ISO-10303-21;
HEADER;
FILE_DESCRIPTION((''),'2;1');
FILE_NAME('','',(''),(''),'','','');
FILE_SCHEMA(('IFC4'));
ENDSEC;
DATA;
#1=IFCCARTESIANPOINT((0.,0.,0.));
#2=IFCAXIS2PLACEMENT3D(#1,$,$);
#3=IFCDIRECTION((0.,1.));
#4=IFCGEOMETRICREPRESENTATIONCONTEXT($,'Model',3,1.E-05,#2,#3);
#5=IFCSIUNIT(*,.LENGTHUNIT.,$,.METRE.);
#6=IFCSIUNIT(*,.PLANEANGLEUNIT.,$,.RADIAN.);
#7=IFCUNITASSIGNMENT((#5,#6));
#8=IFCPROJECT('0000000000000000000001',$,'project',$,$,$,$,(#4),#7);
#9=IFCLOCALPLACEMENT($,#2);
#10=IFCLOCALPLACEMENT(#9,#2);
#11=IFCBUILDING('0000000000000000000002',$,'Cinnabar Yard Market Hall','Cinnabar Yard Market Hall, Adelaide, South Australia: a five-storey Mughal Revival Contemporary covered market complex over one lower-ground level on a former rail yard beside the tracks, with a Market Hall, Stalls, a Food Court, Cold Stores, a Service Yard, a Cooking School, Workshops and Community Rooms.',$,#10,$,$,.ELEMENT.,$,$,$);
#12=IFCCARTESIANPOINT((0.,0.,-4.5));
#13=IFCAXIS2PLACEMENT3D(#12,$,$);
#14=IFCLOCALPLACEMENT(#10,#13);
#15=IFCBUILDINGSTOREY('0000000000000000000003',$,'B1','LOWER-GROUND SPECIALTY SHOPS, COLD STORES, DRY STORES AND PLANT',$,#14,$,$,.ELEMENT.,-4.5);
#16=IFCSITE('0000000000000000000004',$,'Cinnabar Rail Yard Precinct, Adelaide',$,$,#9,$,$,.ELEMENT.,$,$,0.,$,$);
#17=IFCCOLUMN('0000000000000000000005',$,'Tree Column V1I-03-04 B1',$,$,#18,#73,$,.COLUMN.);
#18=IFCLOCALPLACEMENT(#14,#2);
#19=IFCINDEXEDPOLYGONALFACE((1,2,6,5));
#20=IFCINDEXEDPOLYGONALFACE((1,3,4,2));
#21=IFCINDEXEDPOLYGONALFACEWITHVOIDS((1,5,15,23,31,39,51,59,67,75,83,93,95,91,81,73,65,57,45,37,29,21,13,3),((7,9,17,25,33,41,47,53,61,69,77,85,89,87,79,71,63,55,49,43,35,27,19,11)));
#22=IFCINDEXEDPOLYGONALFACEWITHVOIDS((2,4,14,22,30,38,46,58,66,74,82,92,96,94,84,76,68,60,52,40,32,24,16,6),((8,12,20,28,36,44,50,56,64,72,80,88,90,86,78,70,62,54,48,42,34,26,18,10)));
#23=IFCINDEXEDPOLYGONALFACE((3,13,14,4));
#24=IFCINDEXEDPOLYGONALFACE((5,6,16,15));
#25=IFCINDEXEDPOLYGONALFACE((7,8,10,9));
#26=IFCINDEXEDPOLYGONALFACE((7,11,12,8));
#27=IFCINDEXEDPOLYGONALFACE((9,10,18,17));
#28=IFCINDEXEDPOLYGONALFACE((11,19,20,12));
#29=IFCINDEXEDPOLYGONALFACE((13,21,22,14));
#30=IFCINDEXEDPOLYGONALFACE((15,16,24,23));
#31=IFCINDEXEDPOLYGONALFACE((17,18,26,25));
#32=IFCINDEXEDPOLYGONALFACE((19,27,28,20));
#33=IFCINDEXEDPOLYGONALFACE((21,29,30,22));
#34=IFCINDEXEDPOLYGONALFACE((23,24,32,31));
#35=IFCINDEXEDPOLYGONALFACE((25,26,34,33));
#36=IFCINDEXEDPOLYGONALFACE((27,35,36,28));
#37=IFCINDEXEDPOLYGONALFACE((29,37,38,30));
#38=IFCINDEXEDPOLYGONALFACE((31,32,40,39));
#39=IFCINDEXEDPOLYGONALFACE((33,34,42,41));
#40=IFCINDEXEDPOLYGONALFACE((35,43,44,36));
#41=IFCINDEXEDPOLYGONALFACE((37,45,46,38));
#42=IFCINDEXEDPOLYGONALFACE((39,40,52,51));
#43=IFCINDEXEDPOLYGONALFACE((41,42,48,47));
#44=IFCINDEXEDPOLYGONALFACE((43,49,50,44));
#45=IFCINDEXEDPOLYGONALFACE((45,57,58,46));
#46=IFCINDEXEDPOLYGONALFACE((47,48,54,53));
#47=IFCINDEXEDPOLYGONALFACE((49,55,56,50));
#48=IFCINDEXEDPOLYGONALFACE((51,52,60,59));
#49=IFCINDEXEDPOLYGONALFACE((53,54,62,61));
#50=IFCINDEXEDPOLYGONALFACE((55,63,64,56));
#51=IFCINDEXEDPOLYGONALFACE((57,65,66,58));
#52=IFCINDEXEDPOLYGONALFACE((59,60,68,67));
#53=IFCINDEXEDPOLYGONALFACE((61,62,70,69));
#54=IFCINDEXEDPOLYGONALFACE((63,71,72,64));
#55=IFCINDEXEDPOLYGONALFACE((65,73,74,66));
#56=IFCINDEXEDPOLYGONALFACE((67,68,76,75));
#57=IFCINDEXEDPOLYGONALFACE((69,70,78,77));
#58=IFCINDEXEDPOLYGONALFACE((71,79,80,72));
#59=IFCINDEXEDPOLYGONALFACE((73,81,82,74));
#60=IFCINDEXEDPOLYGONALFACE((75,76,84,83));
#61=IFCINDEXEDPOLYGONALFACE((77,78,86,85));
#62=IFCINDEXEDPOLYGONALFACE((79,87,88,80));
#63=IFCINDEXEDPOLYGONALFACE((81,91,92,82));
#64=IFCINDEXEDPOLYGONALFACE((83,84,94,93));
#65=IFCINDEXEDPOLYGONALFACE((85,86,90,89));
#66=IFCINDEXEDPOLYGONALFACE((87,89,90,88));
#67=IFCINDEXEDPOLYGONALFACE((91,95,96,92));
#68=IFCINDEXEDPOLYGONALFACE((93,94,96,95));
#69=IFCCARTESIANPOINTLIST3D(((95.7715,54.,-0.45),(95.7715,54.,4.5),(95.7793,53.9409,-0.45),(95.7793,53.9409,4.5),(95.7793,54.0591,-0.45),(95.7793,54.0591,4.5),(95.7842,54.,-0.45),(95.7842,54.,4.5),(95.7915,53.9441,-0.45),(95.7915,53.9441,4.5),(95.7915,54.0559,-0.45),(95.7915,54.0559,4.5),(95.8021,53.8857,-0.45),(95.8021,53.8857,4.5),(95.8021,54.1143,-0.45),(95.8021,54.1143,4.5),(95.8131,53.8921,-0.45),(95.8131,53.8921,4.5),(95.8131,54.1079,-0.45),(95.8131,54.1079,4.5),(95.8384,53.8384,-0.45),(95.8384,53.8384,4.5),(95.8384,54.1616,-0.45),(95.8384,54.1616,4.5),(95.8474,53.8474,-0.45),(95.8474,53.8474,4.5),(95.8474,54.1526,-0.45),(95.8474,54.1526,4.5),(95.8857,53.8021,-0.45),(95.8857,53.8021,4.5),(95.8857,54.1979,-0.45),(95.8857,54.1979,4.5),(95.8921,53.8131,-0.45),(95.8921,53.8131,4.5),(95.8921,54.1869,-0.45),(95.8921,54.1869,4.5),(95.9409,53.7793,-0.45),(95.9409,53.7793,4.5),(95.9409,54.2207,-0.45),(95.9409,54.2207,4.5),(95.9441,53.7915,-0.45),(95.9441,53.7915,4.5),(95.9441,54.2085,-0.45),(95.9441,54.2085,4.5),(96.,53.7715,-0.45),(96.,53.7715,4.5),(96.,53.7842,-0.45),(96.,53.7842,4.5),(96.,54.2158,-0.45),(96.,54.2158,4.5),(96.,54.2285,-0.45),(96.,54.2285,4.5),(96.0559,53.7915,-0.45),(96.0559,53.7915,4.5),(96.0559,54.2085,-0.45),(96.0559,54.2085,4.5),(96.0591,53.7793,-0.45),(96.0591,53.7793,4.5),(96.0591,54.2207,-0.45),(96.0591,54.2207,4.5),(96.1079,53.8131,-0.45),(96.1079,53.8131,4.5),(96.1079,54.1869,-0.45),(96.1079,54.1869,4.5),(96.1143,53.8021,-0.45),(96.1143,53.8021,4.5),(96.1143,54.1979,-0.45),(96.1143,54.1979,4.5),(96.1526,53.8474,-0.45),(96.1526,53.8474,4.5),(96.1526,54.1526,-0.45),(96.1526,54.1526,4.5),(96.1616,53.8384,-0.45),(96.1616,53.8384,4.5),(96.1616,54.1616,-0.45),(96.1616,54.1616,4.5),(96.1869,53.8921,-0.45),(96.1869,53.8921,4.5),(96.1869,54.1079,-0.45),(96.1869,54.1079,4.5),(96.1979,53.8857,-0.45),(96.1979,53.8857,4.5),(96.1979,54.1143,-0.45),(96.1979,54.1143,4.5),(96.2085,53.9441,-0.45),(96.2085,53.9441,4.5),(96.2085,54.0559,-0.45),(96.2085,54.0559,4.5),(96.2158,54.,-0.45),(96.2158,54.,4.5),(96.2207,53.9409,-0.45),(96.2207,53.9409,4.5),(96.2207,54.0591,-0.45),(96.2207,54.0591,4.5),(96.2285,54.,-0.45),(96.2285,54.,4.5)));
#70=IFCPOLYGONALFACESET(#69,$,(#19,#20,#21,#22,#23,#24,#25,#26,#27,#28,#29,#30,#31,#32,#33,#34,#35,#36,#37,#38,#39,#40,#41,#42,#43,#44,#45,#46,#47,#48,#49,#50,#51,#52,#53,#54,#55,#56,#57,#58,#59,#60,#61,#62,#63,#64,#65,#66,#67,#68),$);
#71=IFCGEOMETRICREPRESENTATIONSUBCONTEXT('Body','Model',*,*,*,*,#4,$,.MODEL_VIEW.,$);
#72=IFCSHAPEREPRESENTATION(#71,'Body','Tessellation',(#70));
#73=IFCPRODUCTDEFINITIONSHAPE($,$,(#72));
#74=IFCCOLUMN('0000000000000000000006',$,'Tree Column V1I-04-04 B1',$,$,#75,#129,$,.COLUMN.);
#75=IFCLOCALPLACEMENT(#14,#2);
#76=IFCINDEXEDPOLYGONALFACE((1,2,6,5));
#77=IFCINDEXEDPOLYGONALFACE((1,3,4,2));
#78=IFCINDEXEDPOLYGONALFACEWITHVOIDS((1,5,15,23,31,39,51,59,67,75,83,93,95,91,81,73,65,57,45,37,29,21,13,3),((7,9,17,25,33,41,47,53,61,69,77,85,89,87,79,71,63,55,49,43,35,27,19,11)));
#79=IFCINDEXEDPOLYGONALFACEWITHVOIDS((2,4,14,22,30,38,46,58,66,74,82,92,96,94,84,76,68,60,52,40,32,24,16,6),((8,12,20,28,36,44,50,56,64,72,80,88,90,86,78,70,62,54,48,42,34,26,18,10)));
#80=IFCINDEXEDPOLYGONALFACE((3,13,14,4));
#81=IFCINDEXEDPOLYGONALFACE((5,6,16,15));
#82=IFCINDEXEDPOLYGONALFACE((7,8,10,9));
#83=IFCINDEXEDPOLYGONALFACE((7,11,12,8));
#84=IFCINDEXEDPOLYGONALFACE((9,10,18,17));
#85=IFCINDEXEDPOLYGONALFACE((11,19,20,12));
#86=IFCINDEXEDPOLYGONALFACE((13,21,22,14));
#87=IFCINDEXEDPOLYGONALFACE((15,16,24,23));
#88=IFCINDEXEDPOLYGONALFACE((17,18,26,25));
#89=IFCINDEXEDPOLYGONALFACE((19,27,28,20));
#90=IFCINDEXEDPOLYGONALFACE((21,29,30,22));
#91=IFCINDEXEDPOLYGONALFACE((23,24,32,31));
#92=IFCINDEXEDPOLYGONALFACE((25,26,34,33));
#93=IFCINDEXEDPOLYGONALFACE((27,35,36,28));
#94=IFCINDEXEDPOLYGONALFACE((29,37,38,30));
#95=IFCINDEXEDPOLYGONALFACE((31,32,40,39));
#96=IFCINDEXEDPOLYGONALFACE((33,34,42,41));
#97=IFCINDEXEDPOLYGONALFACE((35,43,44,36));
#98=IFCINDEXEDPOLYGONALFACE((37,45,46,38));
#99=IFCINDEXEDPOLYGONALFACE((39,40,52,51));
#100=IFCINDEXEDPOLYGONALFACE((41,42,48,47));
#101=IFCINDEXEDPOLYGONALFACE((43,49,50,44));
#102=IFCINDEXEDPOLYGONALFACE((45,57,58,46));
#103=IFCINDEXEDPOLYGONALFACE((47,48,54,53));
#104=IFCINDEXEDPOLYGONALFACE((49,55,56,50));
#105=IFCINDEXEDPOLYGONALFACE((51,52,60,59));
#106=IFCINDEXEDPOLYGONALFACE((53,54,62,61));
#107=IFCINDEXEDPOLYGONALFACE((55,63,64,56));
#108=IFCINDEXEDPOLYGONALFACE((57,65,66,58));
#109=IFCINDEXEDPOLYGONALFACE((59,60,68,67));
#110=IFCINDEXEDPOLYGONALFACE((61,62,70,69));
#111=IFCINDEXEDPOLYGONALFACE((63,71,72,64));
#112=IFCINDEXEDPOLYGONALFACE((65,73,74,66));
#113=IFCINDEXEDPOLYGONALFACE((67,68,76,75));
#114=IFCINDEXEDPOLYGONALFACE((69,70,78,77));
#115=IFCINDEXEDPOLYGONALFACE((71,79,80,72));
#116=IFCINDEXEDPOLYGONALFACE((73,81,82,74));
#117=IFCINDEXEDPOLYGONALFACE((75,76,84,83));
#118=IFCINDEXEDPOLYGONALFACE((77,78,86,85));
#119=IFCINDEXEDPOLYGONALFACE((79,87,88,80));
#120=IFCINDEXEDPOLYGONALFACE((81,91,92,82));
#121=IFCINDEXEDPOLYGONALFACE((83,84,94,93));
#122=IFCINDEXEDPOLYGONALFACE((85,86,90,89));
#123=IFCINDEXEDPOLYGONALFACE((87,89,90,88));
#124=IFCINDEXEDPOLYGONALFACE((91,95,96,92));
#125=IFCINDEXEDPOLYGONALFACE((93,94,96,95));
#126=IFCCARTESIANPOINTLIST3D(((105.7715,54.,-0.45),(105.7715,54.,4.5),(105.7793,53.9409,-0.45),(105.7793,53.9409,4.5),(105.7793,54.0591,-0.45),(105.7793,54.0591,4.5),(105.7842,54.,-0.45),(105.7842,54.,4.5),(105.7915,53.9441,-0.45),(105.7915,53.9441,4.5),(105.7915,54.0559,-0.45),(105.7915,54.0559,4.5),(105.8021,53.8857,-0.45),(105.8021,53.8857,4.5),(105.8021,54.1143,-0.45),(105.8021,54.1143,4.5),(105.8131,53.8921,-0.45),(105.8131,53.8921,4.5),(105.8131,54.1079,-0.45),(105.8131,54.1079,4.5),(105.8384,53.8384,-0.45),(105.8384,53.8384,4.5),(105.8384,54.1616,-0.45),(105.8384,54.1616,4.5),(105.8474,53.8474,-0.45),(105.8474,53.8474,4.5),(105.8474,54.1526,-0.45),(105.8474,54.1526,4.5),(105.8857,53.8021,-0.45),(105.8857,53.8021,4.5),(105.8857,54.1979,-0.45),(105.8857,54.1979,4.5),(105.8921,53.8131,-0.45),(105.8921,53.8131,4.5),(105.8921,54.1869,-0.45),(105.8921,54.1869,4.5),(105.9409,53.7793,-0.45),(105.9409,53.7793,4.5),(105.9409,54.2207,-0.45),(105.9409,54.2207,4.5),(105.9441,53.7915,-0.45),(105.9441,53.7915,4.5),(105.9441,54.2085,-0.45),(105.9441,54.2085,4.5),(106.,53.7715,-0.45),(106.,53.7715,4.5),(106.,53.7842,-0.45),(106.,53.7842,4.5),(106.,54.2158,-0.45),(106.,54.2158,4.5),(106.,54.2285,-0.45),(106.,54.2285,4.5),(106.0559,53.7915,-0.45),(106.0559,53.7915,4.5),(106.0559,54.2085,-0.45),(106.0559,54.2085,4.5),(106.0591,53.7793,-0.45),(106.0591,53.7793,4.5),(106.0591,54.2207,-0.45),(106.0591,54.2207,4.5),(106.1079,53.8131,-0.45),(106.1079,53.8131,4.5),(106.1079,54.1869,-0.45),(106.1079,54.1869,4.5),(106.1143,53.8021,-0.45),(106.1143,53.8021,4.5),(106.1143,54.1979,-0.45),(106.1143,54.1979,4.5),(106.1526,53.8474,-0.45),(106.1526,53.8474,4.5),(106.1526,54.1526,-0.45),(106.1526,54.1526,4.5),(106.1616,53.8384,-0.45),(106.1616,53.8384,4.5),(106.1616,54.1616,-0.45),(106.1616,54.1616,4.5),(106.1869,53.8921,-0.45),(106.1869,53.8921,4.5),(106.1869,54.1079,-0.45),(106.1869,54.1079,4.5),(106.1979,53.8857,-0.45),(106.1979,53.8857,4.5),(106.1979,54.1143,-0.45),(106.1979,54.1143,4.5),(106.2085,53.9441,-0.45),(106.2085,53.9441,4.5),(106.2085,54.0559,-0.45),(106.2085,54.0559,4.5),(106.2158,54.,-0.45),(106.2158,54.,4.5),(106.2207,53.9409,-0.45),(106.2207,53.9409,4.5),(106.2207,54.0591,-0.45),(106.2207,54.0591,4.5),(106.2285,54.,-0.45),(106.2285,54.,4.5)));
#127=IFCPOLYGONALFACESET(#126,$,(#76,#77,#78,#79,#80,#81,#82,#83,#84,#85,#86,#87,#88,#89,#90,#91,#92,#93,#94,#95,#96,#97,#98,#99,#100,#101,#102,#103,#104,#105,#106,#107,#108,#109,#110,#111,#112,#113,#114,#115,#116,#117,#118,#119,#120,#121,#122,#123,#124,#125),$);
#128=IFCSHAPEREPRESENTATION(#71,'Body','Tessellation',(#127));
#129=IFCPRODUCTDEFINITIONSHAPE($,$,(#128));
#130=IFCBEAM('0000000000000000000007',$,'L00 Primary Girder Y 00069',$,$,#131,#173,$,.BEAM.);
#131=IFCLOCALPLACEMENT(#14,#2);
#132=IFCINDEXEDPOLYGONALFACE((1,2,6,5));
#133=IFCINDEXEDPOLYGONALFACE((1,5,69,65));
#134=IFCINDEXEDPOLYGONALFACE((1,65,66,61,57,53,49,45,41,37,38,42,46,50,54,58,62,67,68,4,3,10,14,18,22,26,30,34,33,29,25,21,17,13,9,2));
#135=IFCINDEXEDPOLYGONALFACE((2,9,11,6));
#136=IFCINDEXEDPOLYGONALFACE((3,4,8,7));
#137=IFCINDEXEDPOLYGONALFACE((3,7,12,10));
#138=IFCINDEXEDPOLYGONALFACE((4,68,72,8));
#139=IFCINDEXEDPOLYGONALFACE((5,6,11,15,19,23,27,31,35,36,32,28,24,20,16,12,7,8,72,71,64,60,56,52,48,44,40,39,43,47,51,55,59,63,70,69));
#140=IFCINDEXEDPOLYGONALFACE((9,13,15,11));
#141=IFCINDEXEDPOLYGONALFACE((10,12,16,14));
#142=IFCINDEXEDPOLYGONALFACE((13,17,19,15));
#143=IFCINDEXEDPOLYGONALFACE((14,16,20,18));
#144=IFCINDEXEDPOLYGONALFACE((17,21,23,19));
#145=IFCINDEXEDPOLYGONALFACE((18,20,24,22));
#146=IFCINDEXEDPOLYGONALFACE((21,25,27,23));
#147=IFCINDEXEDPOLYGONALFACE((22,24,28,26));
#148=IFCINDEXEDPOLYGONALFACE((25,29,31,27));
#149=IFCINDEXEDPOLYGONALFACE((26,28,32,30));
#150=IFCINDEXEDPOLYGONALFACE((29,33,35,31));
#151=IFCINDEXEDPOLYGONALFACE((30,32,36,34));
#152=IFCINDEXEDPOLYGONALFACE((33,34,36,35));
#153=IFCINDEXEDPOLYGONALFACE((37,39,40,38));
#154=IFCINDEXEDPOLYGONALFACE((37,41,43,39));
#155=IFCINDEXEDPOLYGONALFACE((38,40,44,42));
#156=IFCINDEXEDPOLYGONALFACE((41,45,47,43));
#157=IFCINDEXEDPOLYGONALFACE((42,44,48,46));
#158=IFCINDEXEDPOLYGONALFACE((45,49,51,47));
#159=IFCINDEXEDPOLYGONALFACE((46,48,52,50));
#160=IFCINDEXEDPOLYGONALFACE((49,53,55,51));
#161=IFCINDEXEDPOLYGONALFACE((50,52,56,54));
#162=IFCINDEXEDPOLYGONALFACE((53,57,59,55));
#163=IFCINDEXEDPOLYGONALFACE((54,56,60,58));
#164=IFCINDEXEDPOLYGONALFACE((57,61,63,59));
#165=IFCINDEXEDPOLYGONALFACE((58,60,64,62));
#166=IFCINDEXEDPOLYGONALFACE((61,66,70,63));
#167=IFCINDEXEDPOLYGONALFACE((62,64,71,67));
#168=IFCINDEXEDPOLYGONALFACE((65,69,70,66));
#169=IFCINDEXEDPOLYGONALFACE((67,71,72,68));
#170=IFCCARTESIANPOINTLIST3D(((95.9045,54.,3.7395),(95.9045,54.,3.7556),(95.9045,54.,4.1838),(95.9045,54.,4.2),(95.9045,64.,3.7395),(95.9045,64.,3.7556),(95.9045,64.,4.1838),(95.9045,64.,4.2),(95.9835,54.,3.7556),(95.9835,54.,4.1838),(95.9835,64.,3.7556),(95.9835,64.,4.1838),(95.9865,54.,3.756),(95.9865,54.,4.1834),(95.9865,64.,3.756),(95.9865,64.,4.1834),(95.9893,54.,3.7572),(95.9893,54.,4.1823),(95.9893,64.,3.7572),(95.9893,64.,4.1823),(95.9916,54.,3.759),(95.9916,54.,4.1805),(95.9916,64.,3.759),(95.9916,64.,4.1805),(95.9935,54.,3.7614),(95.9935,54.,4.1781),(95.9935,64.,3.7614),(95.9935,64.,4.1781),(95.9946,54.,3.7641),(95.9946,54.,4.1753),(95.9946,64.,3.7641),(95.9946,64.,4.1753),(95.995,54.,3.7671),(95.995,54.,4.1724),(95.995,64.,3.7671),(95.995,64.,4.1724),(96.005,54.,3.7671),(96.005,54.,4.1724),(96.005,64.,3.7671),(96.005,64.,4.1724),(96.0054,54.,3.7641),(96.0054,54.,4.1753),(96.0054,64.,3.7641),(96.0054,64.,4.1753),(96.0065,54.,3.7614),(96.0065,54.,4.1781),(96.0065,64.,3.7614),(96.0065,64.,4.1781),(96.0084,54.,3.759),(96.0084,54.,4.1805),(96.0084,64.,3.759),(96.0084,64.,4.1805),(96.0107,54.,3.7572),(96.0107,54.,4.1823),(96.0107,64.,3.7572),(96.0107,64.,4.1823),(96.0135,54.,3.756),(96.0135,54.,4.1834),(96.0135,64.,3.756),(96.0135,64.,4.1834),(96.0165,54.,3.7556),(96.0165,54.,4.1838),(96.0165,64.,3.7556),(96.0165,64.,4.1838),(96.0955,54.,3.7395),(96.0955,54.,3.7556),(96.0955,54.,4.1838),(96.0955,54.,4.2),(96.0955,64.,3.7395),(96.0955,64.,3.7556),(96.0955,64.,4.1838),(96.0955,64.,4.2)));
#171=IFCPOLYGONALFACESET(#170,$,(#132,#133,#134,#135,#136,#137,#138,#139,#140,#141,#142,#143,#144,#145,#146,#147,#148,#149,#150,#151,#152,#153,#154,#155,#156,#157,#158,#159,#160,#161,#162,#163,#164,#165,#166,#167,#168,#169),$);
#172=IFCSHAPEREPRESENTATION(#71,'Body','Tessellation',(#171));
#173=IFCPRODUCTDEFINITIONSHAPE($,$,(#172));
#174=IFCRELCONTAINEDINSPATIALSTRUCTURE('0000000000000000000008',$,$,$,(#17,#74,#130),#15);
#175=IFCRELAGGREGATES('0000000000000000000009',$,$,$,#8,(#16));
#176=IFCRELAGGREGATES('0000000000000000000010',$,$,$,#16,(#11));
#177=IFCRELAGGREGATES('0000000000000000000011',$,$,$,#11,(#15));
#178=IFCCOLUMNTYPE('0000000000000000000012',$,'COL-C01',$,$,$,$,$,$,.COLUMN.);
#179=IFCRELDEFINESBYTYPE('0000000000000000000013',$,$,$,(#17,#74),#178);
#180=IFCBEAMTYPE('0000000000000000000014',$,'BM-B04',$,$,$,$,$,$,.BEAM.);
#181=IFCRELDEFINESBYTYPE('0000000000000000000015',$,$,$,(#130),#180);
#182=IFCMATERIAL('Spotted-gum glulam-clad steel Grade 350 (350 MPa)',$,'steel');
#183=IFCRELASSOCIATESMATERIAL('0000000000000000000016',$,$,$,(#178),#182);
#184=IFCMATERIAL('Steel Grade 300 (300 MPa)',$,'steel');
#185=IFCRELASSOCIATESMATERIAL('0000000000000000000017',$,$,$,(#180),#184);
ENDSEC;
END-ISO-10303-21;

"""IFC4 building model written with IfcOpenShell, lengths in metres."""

from ifc_helpers import new_model, si_unit, direction, frame, origin, origin_2d_with_axis, place, context, subcontext, project, spatial, hollow_circle, i_section, extrude, material, material_profile, profile_set, type_object, element, save


model = new_model("IFC4")

# Units and contexts
model_context = context("Model", 3, precision=1e-05, world=origin(), true_north=direction((0.0, 1.0)))
body_context = subcontext(model_context, "Body", "Model", "MODEL_VIEW")
ifc_project = project(units=[si_unit("LENGTHUNIT", "METRE"), si_unit("PLANEANGLEUNIT", "RADIAN")], contexts=[model_context])

# Site, building, storey
site_placement = place(None, origin())
site = spatial("IfcSite", under=ifc_project, at=site_placement, Name="Cinnabar Rail Yard Precinct, Adelaide", CompositionType="ELEMENT", RefElevation=0.0)
building_placement = place(site_placement, origin())
building = spatial("IfcBuilding", under=site, at=building_placement, Name="Cinnabar Yard Market Hall", Description="Cinnabar Yard Market Hall, Adelaide, South Australia: a five-storey Mughal Revival Contemporary covered market complex over one lower-ground level on a former rail yard beside the tracks, with a Market Hall, Stalls, a Food Court, Cold Stores, a Service Yard, a Cooking School, Workshops and Community Rooms.", CompositionType="ELEMENT")
storey_placement = place(building_placement, frame((0.0, 0.0, -4.5)))
storey = spatial("IfcBuildingStorey", under=building, at=storey_placement, Name="B1", Description="LOWER-GROUND SPECIALTY SHOPS, COLD STORES, DRY STORES AND PLANT", CompositionType="ELEMENT", Elevation=-4.5)

# Columns
ifc_material_1 = material(Name="Spotted-gum glulam-clad steel Grade 350 (350 MPa)", Category="steel")
ifc_material_profile_1 = material_profile(ifc_material_1, hollow_circle(Radius=0.2285, WallThickness=0.0127, at=origin_2d_with_axis()), Name="457.0x12.7CHS")
ifc_profile_set_1 = profile_set([ifc_material_profile_1], Name="Spotted-gum glulam-clad steel Grade 350 (350 MPa)")
column_type = type_object("IfcColumnType", Name="COL-C01", PredefinedType="COLUMN", material=ifc_profile_set_1)
for number, where, z_axis, x_axis, name in (
    (1, (96.0, 54.0, -0.45), (0.0, 0.0, 1.0), (1.0, 0.0, 0.0), "Tree Column V1I-03-04 B1"),
    (2, (106.0, 54.0, -0.45), (0.0, 0.0, 1.0), (1.0, 0.0, 0.0), "Tree Column V1I-04-04 B1"),
):
    element("IfcColumn", number, at=place(storey_placement, frame(where, z_axis=z_axis, x_axis=x_axis)), inside=storey, type_object=column_type, Name=name, PredefinedType="COLUMN", context=body_context, shape_type="SweptSolid", body=[
        extrude(hollow_circle(Radius=0.2285, WallThickness=0.0127, at=origin_2d_with_axis()), origin(), (0.0, 0.0, 1.0), 4.95),
    ])

# Beam
ifc_material_2 = material(Name="Steel Grade 300 (300 MPa)", Category="steel")
ifc_material_profile_2 = material_profile(ifc_material_2, i_section(OverallWidth=0.1909, OverallDepth=0.4604, WebThickness=0.01, FlangeThickness=0.0161, FilletRadius=0.0115, at=origin_2d_with_axis()), Name="460UB82.1")
ifc_profile_set_2 = profile_set([ifc_material_profile_2], Name="Steel Grade 300 (300 MPa)")
beam_type_1 = type_object("IfcBeamType", Name="BM-B04", PredefinedType="BEAM", material=ifc_profile_set_2)
for number, where, z_axis, x_axis, name in (
    (3, (96.0, 54.0, 3.9697), (0.0, 1.0, 0.0), (-1.0, 0.0, 0.0), "L00 Primary Girder Y 00069"),
):
    element("IfcBeam", number, at=place(storey_placement, frame(where, z_axis=z_axis, x_axis=x_axis)), inside=storey, type_object=beam_type_1, Name=name, PredefinedType="BEAM", context=body_context, shape_type="SweptSolid", body=[
        extrude(i_section(OverallWidth=0.1909, OverallDepth=0.4604, WebThickness=0.01, FlangeThickness=0.0161, FilletRadius=0.0115, at=origin_2d_with_axis()), origin(), (0.0, 0.0, 1.0), 10.0),
    ])

save(model, "model.ifc")
